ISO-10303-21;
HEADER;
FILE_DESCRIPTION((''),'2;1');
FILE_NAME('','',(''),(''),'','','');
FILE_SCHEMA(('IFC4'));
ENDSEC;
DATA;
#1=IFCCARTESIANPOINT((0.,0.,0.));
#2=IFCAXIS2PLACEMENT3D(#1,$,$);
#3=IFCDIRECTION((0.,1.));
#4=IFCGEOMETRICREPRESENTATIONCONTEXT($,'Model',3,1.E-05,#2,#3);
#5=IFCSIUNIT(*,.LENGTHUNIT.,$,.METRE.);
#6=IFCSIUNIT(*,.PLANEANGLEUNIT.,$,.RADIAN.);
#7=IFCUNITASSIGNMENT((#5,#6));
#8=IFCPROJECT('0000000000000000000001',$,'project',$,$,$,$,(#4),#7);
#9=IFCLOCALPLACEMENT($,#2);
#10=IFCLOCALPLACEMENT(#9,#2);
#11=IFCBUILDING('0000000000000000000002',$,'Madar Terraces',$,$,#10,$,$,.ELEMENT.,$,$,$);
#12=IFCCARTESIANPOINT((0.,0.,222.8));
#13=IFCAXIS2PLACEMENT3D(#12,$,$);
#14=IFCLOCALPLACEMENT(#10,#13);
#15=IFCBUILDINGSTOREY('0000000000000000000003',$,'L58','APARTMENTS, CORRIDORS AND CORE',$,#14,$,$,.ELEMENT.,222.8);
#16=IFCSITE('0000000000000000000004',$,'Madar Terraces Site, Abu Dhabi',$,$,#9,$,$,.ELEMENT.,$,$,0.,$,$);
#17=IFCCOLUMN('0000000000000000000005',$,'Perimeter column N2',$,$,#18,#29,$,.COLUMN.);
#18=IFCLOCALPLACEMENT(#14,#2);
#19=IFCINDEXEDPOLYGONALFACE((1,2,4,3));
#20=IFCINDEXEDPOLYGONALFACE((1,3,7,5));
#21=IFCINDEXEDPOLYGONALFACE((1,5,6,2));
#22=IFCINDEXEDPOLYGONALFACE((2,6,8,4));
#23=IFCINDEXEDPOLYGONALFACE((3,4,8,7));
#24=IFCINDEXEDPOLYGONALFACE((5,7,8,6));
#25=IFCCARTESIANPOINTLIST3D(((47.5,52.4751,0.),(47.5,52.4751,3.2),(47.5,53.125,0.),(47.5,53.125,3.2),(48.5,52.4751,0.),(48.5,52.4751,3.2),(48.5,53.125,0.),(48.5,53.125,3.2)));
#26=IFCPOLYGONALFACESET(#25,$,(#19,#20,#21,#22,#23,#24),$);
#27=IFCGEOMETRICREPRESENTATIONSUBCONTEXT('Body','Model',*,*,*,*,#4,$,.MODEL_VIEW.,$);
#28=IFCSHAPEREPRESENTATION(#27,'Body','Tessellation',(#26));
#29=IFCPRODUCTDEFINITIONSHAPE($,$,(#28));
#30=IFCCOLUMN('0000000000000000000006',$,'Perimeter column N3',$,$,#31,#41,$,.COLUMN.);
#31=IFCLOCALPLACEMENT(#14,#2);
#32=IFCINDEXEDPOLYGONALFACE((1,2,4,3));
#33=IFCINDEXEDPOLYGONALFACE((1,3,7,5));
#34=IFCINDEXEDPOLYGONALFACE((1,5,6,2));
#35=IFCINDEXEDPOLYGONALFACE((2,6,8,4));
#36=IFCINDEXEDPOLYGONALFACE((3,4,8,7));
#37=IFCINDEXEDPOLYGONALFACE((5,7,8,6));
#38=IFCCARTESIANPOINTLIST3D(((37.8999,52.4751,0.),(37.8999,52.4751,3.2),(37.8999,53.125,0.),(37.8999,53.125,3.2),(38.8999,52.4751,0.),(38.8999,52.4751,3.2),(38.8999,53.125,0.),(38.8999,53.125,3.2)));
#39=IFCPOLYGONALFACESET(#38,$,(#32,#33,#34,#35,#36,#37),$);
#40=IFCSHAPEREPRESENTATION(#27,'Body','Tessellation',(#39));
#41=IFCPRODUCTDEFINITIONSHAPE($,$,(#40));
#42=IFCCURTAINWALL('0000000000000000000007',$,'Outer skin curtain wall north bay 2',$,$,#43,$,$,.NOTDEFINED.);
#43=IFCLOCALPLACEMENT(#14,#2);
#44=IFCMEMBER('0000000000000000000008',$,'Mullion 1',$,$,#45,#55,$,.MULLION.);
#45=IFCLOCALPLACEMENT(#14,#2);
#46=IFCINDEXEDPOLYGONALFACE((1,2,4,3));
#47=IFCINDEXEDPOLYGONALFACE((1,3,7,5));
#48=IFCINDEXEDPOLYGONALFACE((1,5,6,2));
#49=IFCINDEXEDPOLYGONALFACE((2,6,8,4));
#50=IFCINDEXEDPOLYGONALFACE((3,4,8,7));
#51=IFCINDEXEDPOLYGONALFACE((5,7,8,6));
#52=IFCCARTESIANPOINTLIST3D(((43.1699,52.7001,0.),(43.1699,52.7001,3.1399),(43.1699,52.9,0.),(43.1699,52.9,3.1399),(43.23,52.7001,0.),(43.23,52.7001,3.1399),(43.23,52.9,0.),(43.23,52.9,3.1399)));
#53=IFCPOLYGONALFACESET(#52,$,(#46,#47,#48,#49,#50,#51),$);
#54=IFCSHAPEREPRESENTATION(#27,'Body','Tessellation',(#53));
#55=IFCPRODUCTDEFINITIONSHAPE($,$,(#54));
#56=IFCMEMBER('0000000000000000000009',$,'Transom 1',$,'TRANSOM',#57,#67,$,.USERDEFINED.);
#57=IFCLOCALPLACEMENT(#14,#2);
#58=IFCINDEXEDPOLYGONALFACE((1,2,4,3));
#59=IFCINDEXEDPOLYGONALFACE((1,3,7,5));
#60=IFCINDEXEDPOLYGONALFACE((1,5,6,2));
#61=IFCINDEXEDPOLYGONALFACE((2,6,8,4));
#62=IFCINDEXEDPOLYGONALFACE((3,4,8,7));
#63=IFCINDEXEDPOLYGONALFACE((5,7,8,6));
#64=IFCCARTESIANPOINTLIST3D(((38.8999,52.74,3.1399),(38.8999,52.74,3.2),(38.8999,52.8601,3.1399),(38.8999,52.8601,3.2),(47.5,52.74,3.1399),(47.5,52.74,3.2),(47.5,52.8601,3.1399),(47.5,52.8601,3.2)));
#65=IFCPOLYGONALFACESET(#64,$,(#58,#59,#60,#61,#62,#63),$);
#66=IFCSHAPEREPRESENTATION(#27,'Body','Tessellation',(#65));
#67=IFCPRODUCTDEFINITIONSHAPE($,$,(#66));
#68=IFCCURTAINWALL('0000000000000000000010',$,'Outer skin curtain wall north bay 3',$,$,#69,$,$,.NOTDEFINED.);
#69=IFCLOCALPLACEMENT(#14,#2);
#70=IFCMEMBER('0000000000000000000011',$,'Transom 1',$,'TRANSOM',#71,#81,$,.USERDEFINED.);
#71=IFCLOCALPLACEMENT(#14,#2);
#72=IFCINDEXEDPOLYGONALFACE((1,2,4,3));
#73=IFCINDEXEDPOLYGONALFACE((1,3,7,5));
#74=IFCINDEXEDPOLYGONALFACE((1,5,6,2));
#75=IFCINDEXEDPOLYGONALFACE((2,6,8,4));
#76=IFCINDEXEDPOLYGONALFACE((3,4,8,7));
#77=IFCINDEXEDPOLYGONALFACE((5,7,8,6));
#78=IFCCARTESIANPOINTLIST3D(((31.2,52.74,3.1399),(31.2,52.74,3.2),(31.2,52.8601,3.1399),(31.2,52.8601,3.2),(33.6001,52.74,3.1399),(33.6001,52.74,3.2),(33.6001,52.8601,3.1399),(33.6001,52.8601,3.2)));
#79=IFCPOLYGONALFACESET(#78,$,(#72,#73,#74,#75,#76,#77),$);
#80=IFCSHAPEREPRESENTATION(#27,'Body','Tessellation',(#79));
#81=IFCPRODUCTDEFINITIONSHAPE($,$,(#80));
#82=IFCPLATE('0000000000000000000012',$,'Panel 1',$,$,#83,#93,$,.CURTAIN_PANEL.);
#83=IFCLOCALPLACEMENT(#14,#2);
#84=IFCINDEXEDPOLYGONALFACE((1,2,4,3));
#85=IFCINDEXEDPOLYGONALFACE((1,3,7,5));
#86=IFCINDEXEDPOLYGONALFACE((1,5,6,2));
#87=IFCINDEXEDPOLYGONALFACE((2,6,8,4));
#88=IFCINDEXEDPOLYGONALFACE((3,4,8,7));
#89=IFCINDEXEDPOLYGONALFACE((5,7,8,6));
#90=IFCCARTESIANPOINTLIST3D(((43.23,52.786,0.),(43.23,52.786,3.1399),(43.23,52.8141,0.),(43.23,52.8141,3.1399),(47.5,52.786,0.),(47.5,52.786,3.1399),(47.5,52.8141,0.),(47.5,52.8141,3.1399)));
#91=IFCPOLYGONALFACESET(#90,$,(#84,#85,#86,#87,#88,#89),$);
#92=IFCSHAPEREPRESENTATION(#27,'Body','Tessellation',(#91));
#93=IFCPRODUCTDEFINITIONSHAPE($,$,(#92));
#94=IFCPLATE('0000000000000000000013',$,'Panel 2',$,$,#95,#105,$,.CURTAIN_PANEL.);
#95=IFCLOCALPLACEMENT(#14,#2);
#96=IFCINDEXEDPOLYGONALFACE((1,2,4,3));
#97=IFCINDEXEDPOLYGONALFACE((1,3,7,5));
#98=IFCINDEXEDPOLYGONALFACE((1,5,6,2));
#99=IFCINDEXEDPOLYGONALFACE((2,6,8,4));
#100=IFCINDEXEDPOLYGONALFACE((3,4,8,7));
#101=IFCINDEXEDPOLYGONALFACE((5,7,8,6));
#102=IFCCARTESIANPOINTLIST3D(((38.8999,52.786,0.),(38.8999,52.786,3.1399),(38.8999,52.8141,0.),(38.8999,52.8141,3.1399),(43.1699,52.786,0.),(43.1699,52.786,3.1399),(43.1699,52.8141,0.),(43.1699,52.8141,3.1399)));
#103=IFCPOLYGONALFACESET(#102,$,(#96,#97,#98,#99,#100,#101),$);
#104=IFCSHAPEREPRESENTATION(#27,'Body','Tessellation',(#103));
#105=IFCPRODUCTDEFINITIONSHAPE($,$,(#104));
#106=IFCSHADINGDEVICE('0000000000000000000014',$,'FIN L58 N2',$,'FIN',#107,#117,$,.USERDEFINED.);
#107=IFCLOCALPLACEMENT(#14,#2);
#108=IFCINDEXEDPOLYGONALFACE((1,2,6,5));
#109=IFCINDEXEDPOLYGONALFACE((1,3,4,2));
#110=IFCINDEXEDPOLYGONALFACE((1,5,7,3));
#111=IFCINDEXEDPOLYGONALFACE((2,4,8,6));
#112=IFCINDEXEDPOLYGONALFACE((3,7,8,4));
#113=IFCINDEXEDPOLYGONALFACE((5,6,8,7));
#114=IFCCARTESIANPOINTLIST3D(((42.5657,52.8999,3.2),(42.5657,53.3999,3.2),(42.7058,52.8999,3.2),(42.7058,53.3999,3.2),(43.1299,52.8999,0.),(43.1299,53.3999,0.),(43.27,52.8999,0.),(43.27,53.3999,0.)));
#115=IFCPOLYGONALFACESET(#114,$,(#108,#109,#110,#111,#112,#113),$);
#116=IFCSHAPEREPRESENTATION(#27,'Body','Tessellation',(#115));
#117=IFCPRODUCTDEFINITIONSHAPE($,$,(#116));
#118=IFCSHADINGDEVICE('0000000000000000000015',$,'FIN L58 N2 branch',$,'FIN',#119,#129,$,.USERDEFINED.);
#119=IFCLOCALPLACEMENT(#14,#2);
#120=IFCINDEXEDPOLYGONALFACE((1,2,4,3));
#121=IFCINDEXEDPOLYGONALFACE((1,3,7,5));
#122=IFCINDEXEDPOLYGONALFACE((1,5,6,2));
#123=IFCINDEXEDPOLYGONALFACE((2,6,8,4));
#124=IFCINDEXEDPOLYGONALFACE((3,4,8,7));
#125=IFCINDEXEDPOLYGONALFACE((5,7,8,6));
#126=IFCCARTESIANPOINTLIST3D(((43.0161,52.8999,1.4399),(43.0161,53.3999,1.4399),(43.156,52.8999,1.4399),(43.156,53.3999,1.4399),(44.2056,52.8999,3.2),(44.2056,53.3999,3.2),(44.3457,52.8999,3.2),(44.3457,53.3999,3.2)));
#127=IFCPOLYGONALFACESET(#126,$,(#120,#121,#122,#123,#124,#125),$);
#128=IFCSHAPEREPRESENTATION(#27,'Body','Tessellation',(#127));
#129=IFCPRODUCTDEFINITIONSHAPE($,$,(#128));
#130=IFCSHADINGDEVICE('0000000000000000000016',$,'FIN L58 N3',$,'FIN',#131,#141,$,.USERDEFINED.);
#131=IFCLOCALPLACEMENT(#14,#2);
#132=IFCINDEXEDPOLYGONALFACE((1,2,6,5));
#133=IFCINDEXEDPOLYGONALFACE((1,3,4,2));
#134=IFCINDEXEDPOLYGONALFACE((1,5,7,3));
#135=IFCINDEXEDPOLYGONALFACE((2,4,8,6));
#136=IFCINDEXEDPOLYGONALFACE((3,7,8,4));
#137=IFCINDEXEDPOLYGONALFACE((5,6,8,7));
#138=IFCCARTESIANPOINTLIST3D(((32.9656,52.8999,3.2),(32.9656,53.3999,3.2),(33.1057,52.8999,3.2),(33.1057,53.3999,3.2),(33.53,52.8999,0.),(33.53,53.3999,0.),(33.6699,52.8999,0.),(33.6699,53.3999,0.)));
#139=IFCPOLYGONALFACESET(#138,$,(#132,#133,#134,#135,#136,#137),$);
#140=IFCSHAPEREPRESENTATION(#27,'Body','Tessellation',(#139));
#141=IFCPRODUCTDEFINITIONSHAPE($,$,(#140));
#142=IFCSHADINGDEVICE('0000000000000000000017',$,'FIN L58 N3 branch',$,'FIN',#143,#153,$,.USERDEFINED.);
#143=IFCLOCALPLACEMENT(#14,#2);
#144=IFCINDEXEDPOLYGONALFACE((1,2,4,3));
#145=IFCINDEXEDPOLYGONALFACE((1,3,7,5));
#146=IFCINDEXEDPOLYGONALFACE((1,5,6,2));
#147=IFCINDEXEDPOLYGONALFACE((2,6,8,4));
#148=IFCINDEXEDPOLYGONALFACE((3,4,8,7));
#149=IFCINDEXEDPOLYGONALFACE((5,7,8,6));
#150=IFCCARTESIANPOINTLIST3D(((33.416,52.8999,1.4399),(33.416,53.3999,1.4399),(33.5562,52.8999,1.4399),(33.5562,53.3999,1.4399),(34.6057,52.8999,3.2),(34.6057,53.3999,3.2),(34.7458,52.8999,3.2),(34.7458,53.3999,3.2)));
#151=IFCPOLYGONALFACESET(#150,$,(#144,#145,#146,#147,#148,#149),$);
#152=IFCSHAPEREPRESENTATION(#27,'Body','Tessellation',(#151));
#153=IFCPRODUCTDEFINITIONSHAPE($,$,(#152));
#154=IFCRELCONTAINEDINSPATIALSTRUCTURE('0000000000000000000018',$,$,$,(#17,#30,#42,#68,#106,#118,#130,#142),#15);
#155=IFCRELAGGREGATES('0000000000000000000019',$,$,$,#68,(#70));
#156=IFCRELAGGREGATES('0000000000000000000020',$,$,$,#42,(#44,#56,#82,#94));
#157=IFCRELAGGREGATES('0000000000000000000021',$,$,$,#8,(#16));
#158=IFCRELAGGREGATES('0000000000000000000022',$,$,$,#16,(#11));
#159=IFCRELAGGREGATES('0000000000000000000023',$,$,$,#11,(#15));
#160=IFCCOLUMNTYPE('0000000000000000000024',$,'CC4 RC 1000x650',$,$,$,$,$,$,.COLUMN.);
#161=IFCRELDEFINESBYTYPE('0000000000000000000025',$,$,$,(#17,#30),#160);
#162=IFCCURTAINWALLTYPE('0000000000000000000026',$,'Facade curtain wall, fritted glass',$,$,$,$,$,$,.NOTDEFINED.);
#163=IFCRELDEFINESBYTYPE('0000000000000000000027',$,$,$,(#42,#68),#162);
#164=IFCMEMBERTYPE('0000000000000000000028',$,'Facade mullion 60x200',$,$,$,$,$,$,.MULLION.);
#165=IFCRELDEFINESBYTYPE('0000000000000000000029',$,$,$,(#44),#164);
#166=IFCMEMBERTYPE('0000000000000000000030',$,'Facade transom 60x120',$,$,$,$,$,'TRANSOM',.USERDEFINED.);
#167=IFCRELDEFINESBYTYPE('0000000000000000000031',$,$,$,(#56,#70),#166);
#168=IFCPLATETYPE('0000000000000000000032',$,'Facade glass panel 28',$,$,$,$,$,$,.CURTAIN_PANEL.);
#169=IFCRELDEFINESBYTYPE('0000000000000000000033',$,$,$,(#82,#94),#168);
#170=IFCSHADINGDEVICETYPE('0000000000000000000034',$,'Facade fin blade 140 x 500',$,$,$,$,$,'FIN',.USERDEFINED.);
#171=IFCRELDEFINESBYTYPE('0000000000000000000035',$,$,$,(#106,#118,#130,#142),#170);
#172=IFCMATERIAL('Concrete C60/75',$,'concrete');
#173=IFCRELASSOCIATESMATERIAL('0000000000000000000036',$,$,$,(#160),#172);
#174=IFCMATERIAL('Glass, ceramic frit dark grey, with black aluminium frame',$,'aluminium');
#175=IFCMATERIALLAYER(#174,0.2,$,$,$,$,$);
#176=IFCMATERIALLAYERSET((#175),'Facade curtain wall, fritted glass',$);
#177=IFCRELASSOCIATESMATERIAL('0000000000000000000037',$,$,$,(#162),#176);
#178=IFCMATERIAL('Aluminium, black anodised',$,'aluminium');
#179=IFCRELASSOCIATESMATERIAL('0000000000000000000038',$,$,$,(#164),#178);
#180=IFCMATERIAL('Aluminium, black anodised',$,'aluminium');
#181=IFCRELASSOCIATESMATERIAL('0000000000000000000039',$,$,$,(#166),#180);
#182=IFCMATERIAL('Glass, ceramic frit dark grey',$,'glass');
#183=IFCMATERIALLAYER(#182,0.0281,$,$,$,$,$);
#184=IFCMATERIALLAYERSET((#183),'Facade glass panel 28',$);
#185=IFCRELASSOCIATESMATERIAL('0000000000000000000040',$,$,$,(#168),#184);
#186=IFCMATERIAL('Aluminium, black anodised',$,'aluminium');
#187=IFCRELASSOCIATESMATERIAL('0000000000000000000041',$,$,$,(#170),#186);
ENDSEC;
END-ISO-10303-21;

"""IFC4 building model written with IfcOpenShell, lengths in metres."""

from ifc_helpers import new_model, si_unit, direction, frame, origin, origin_2d, place, context, subcontext, project, spatial, polyline, rectangle, outline, extrude, material, layer, layer_set, material_profile, profile_set, type_object, element, aggregate, save


model = new_model("IFC4")

# Units and contexts
model_context = context("Model", 3, precision=1e-05, world=origin(), true_north=direction((0.0, 1.0)))
body_context = subcontext(model_context, "Body", "Model", "MODEL_VIEW")
ifc_project = project(units=[si_unit("LENGTHUNIT", "METRE"), si_unit("PLANEANGLEUNIT", "RADIAN")], contexts=[model_context])

# Site, building, storey
site_placement = place(None, origin())
site = spatial("IfcSite", under=ifc_project, at=site_placement, Name="Madar Terraces Site, Abu Dhabi", CompositionType="ELEMENT", RefElevation=0.0)
building_placement = place(site_placement, origin())
building = spatial("IfcBuilding", under=site, at=building_placement, Name="Madar Terraces", CompositionType="ELEMENT")
storey_placement = place(building_placement, frame((0.0, 0.0, 222.8)))
storey = spatial("IfcBuildingStorey", under=building, at=storey_placement, Name="L58", Description="APARTMENTS, CORRIDORS AND CORE", CompositionType="ELEMENT", Elevation=222.8)

# Columns
ifc_material_1 = material(Name="Concrete C60/75", Category="concrete")
ifc_material_profile_1 = material_profile(ifc_material_1, rectangle(XDim=1.0, YDim=0.6499, at=origin_2d()), Name="CC4 RC 1000x650")
ifc_profile_set_1 = profile_set([ifc_material_profile_1], Name="Concrete C60/75")
column_type = type_object("IfcColumnType", Name="CC4 RC 1000x650", PredefinedType="COLUMN", material=ifc_profile_set_1)
for number, where, z_axis, x_axis, name in (
    (1, (48.0, 52.8, 0.0), (0.0, 0.0, 1.0), (1.0, 0.0, 0.0), "Perimeter column N2"),
    (2, (38.3999, 52.8, 0.0), (0.0, 0.0, 1.0), (1.0, 0.0, 0.0), "Perimeter column N3"),
):
    element("IfcColumn", number, at=place(storey_placement, frame(where, z_axis=z_axis, x_axis=x_axis)), inside=storey, type_object=column_type, Name=name, PredefinedType="COLUMN", context=body_context, shape_type="SweptSolid", body=[
        extrude(rectangle(XDim=1.0, YDim=0.6499, at=origin_2d()), origin(), (0.0, 0.0, 1.0), 3.2),
    ])

# Curtain wall, members
ifc_material_2 = material(Name="Glass, ceramic frit dark grey, with black aluminium frame", Category="aluminium")
ifc_layer_1 = layer(ifc_material_2, 0.2)
ifc_layer_set_1 = layer_set([ifc_layer_1], Name="Facade curtain wall, fritted glass")
curtain_wall_type = type_object("IfcCurtainWallType", Name="Facade curtain wall, fritted glass", PredefinedType="NOTDEFINED", material=ifc_layer_set_1)
curtain_wall_1_placement = place(storey_placement, origin())
curtain_wall_1 = element("IfcCurtainWall", 3, at=curtain_wall_1_placement, inside=storey, type_object=curtain_wall_type, Name="Outer skin curtain wall north bay 2", PredefinedType="NOTDEFINED")
ifc_material_3 = material(Name="Aluminium, black anodised", Category="aluminium")
ifc_material_profile_2 = material_profile(ifc_material_3, rectangle(XDim=0.2, YDim=0.0601, at=origin_2d()), Name="Facade mullion 60x200")
ifc_profile_set_2 = profile_set([ifc_material_profile_2], Name="Aluminium, black anodised")
member_type_1 = type_object("IfcMemberType", Name="Facade mullion 60x200", PredefinedType="MULLION", material=ifc_profile_set_2)
member_1_placement = place(storey_placement, frame((43.2, 52.8, 0.0), z_axis=(0.0, 0.0, 1.0), x_axis=(0.0, -1.0, 0.0)))
member_1 = element("IfcMember", 4, at=member_1_placement, type_object=member_type_1, Name="Mullion 1", PredefinedType="MULLION", context=body_context, shape_type="SweptSolid", body=[
    extrude(rectangle(XDim=0.2, YDim=0.0601, at=origin_2d()), origin(), (0.0, 0.0, 1.0), 3.1399),
])
ifc_material_4 = material(Name="Aluminium, black anodised", Category="aluminium")
ifc_material_profile_3 = material_profile(ifc_material_4, rectangle(XDim=0.1201, YDim=0.0601, at=origin_2d()), Name="Facade transom 60x120")
ifc_profile_set_3 = profile_set([ifc_material_profile_3], Name="Aluminium, black anodised")
member_type_2 = type_object("IfcMemberType", Name="Facade transom 60x120", ElementType="TRANSOM", PredefinedType="USERDEFINED", material=ifc_profile_set_3)
member_2_placement = place(storey_placement, frame((47.5, 52.8, 3.1699), z_axis=(-1.0, 0.0, 0.0), x_axis=(0.0, -1.0, 0.0)))
member_2 = element("IfcMember", 5, at=member_2_placement, type_object=member_type_2, Name="Transom 1", ObjectType="TRANSOM", PredefinedType="USERDEFINED", context=body_context, shape_type="SweptSolid", body=[
    extrude(rectangle(XDim=0.1201, YDim=0.0601, at=origin_2d()), origin(), (0.0, 0.0, 1.0), 8.6001),
])

# Curtain wall, member
curtain_wall_2_placement = place(storey_placement, origin())
curtain_wall_2 = element("IfcCurtainWall", 6, at=curtain_wall_2_placement, inside=storey, type_object=curtain_wall_type, Name="Outer skin curtain wall north bay 3", PredefinedType="NOTDEFINED")
member_3_placement = place(storey_placement, frame((33.6001, 52.8, 3.1699), z_axis=(-1.0, 0.0, 0.0), x_axis=(0.0, -1.0, 0.0)))
member_3 = element("IfcMember", 7, at=member_3_placement, type_object=member_type_2, Name="Transom 1", ObjectType="TRANSOM", PredefinedType="USERDEFINED", context=body_context, shape_type="SweptSolid", body=[
    extrude(rectangle(XDim=0.1201, YDim=0.0601, at=origin_2d()), origin(), (0.0, 0.0, 1.0), 2.4001),
])
aggregate(curtain_wall_2, [member_3])

# Plates
ifc_material_5 = material(Name="Glass, ceramic frit dark grey", Category="glass")
ifc_layer_2 = layer(ifc_material_5, 0.0281)
ifc_layer_set_2 = layer_set([ifc_layer_2], Name="Facade glass panel 28")
plate_type = type_object("IfcPlateType", Name="Facade glass panel 28", PredefinedType="CURTAIN_PANEL", material=ifc_layer_set_2)
plate_1_placement = place(storey_placement, frame((45.365, 52.8, 0.0), z_axis=(0.0, 0.0, 1.0), x_axis=(-1.0, 0.0, 0.0)))
plate_1 = element("IfcPlate", 8, at=plate_1_placement, type_object=plate_type, Name="Panel 1", PredefinedType="CURTAIN_PANEL", context=body_context, shape_type="SweptSolid", body=[
    extrude(rectangle(XDim=4.27, YDim=0.0281, at=origin_2d()), origin(), (0.0, 0.0, 1.0), 3.1399),
])
plate_2_placement = place(storey_placement, frame((41.0349, 52.8, 0.0), z_axis=(0.0, 0.0, 1.0), x_axis=(-1.0, 0.0, 0.0)))
plate_2 = element("IfcPlate", 9, at=plate_2_placement, type_object=plate_type, Name="Panel 2", PredefinedType="CURTAIN_PANEL", context=body_context, shape_type="SweptSolid", body=[
    extrude(rectangle(XDim=4.27, YDim=0.0281, at=origin_2d()), origin(), (0.0, 0.0, 1.0), 3.1399),
])
aggregate(curtain_wall_1, [member_1, member_2, plate_1, plate_2])

# Shading devices
ifc_material_6 = material(Name="Aluminium, black anodised", Category="aluminium")
shading_device_type = type_object("IfcShadingDeviceType", Name="Facade fin blade 140 x 500", ElementType="FIN", PredefinedType="USERDEFINED", material=ifc_material_6)
shading_device_1_placement = place(storey_placement, frame((43.27, 53.1499, 0.0), z_axis=(0.0, 0.0, 1.0), x_axis=(-1.0, 0.0, 0.0)))
element("IfcShadingDevice", 10, at=shading_device_1_placement, inside=storey, type_object=shading_device_type, Name="FIN L58 N2", ObjectType="FIN", PredefinedType="USERDEFINED", context=body_context, shape_type="SweptSolid", body=[
    extrude(outline(polyline([(0.0, 0.0), (0.1401, 0.0), (0.7043, 3.2), (0.5642, 3.2), (0.0, 0.0)])), frame((0.0, 0.25, 0.0), z_axis=(0.0, -1.0, 0.0), x_axis=(1.0, 0.0, 0.0)), (0.0, 0.0, 1.0), 0.5),
])
shading_device_2_placement = place(storey_placement, frame((43.156, 53.1499, 1.4399), z_axis=(0.0, 0.0, 1.0), x_axis=(-1.0, 0.0, 0.0)))
element("IfcShadingDevice", 11, at=shading_device_2_placement, inside=storey, type_object=shading_device_type, Name="FIN L58 N2 branch", ObjectType="FIN", PredefinedType="USERDEFINED", context=body_context, shape_type="SweptSolid", body=[
    extrude(outline(polyline([(0.0, 0.0), (0.1399, 0.0), (-1.0496, 1.76), (-1.1897, 1.76), (0.0, 0.0)])), frame((0.0, 0.25, 0.0), z_axis=(0.0, -1.0, 0.0), x_axis=(1.0, 0.0, 0.0)), (0.0, 0.0, 1.0), 0.5),
])
shading_device_3_placement = place(storey_placement, frame((33.6699, 53.1499, 0.0), z_axis=(0.0, 0.0, 1.0), x_axis=(-1.0, 0.0, 0.0)))
element("IfcShadingDevice", 12, at=shading_device_3_placement, inside=storey, type_object=shading_device_type, Name="FIN L58 N3", ObjectType="FIN", PredefinedType="USERDEFINED", context=body_context, shape_type="SweptSolid", body=[
    extrude(outline(polyline([(0.0, 0.0), (0.1399, 0.0), (0.7043, 3.2), (0.5642, 3.2), (0.0, 0.0)])), frame((0.0, 0.25, 0.0), z_axis=(0.0, -1.0, 0.0), x_axis=(1.0, 0.0, 0.0)), (0.0, 0.0, 1.0), 0.5),
])
shading_device_4_placement = place(storey_placement, frame((33.5562, 53.1499, 1.4399), z_axis=(0.0, 0.0, 1.0), x_axis=(-1.0, 0.0, 0.0)))
element("IfcShadingDevice", 13, at=shading_device_4_placement, inside=storey, type_object=shading_device_type, Name="FIN L58 N3 branch", ObjectType="FIN", PredefinedType="USERDEFINED", context=body_context, shape_type="SweptSolid", body=[
    extrude(outline(polyline([(0.0, 0.0), (0.1401, 0.0), (-1.0496, 1.76), (-1.1897, 1.76), (0.0, 0.0)])), frame((0.0, 0.25, 0.0), z_axis=(0.0, -1.0, 0.0), x_axis=(1.0, 0.0, 0.0)), (0.0, 0.0, 1.0), 0.5),
])

save(model, "model.ifc")
